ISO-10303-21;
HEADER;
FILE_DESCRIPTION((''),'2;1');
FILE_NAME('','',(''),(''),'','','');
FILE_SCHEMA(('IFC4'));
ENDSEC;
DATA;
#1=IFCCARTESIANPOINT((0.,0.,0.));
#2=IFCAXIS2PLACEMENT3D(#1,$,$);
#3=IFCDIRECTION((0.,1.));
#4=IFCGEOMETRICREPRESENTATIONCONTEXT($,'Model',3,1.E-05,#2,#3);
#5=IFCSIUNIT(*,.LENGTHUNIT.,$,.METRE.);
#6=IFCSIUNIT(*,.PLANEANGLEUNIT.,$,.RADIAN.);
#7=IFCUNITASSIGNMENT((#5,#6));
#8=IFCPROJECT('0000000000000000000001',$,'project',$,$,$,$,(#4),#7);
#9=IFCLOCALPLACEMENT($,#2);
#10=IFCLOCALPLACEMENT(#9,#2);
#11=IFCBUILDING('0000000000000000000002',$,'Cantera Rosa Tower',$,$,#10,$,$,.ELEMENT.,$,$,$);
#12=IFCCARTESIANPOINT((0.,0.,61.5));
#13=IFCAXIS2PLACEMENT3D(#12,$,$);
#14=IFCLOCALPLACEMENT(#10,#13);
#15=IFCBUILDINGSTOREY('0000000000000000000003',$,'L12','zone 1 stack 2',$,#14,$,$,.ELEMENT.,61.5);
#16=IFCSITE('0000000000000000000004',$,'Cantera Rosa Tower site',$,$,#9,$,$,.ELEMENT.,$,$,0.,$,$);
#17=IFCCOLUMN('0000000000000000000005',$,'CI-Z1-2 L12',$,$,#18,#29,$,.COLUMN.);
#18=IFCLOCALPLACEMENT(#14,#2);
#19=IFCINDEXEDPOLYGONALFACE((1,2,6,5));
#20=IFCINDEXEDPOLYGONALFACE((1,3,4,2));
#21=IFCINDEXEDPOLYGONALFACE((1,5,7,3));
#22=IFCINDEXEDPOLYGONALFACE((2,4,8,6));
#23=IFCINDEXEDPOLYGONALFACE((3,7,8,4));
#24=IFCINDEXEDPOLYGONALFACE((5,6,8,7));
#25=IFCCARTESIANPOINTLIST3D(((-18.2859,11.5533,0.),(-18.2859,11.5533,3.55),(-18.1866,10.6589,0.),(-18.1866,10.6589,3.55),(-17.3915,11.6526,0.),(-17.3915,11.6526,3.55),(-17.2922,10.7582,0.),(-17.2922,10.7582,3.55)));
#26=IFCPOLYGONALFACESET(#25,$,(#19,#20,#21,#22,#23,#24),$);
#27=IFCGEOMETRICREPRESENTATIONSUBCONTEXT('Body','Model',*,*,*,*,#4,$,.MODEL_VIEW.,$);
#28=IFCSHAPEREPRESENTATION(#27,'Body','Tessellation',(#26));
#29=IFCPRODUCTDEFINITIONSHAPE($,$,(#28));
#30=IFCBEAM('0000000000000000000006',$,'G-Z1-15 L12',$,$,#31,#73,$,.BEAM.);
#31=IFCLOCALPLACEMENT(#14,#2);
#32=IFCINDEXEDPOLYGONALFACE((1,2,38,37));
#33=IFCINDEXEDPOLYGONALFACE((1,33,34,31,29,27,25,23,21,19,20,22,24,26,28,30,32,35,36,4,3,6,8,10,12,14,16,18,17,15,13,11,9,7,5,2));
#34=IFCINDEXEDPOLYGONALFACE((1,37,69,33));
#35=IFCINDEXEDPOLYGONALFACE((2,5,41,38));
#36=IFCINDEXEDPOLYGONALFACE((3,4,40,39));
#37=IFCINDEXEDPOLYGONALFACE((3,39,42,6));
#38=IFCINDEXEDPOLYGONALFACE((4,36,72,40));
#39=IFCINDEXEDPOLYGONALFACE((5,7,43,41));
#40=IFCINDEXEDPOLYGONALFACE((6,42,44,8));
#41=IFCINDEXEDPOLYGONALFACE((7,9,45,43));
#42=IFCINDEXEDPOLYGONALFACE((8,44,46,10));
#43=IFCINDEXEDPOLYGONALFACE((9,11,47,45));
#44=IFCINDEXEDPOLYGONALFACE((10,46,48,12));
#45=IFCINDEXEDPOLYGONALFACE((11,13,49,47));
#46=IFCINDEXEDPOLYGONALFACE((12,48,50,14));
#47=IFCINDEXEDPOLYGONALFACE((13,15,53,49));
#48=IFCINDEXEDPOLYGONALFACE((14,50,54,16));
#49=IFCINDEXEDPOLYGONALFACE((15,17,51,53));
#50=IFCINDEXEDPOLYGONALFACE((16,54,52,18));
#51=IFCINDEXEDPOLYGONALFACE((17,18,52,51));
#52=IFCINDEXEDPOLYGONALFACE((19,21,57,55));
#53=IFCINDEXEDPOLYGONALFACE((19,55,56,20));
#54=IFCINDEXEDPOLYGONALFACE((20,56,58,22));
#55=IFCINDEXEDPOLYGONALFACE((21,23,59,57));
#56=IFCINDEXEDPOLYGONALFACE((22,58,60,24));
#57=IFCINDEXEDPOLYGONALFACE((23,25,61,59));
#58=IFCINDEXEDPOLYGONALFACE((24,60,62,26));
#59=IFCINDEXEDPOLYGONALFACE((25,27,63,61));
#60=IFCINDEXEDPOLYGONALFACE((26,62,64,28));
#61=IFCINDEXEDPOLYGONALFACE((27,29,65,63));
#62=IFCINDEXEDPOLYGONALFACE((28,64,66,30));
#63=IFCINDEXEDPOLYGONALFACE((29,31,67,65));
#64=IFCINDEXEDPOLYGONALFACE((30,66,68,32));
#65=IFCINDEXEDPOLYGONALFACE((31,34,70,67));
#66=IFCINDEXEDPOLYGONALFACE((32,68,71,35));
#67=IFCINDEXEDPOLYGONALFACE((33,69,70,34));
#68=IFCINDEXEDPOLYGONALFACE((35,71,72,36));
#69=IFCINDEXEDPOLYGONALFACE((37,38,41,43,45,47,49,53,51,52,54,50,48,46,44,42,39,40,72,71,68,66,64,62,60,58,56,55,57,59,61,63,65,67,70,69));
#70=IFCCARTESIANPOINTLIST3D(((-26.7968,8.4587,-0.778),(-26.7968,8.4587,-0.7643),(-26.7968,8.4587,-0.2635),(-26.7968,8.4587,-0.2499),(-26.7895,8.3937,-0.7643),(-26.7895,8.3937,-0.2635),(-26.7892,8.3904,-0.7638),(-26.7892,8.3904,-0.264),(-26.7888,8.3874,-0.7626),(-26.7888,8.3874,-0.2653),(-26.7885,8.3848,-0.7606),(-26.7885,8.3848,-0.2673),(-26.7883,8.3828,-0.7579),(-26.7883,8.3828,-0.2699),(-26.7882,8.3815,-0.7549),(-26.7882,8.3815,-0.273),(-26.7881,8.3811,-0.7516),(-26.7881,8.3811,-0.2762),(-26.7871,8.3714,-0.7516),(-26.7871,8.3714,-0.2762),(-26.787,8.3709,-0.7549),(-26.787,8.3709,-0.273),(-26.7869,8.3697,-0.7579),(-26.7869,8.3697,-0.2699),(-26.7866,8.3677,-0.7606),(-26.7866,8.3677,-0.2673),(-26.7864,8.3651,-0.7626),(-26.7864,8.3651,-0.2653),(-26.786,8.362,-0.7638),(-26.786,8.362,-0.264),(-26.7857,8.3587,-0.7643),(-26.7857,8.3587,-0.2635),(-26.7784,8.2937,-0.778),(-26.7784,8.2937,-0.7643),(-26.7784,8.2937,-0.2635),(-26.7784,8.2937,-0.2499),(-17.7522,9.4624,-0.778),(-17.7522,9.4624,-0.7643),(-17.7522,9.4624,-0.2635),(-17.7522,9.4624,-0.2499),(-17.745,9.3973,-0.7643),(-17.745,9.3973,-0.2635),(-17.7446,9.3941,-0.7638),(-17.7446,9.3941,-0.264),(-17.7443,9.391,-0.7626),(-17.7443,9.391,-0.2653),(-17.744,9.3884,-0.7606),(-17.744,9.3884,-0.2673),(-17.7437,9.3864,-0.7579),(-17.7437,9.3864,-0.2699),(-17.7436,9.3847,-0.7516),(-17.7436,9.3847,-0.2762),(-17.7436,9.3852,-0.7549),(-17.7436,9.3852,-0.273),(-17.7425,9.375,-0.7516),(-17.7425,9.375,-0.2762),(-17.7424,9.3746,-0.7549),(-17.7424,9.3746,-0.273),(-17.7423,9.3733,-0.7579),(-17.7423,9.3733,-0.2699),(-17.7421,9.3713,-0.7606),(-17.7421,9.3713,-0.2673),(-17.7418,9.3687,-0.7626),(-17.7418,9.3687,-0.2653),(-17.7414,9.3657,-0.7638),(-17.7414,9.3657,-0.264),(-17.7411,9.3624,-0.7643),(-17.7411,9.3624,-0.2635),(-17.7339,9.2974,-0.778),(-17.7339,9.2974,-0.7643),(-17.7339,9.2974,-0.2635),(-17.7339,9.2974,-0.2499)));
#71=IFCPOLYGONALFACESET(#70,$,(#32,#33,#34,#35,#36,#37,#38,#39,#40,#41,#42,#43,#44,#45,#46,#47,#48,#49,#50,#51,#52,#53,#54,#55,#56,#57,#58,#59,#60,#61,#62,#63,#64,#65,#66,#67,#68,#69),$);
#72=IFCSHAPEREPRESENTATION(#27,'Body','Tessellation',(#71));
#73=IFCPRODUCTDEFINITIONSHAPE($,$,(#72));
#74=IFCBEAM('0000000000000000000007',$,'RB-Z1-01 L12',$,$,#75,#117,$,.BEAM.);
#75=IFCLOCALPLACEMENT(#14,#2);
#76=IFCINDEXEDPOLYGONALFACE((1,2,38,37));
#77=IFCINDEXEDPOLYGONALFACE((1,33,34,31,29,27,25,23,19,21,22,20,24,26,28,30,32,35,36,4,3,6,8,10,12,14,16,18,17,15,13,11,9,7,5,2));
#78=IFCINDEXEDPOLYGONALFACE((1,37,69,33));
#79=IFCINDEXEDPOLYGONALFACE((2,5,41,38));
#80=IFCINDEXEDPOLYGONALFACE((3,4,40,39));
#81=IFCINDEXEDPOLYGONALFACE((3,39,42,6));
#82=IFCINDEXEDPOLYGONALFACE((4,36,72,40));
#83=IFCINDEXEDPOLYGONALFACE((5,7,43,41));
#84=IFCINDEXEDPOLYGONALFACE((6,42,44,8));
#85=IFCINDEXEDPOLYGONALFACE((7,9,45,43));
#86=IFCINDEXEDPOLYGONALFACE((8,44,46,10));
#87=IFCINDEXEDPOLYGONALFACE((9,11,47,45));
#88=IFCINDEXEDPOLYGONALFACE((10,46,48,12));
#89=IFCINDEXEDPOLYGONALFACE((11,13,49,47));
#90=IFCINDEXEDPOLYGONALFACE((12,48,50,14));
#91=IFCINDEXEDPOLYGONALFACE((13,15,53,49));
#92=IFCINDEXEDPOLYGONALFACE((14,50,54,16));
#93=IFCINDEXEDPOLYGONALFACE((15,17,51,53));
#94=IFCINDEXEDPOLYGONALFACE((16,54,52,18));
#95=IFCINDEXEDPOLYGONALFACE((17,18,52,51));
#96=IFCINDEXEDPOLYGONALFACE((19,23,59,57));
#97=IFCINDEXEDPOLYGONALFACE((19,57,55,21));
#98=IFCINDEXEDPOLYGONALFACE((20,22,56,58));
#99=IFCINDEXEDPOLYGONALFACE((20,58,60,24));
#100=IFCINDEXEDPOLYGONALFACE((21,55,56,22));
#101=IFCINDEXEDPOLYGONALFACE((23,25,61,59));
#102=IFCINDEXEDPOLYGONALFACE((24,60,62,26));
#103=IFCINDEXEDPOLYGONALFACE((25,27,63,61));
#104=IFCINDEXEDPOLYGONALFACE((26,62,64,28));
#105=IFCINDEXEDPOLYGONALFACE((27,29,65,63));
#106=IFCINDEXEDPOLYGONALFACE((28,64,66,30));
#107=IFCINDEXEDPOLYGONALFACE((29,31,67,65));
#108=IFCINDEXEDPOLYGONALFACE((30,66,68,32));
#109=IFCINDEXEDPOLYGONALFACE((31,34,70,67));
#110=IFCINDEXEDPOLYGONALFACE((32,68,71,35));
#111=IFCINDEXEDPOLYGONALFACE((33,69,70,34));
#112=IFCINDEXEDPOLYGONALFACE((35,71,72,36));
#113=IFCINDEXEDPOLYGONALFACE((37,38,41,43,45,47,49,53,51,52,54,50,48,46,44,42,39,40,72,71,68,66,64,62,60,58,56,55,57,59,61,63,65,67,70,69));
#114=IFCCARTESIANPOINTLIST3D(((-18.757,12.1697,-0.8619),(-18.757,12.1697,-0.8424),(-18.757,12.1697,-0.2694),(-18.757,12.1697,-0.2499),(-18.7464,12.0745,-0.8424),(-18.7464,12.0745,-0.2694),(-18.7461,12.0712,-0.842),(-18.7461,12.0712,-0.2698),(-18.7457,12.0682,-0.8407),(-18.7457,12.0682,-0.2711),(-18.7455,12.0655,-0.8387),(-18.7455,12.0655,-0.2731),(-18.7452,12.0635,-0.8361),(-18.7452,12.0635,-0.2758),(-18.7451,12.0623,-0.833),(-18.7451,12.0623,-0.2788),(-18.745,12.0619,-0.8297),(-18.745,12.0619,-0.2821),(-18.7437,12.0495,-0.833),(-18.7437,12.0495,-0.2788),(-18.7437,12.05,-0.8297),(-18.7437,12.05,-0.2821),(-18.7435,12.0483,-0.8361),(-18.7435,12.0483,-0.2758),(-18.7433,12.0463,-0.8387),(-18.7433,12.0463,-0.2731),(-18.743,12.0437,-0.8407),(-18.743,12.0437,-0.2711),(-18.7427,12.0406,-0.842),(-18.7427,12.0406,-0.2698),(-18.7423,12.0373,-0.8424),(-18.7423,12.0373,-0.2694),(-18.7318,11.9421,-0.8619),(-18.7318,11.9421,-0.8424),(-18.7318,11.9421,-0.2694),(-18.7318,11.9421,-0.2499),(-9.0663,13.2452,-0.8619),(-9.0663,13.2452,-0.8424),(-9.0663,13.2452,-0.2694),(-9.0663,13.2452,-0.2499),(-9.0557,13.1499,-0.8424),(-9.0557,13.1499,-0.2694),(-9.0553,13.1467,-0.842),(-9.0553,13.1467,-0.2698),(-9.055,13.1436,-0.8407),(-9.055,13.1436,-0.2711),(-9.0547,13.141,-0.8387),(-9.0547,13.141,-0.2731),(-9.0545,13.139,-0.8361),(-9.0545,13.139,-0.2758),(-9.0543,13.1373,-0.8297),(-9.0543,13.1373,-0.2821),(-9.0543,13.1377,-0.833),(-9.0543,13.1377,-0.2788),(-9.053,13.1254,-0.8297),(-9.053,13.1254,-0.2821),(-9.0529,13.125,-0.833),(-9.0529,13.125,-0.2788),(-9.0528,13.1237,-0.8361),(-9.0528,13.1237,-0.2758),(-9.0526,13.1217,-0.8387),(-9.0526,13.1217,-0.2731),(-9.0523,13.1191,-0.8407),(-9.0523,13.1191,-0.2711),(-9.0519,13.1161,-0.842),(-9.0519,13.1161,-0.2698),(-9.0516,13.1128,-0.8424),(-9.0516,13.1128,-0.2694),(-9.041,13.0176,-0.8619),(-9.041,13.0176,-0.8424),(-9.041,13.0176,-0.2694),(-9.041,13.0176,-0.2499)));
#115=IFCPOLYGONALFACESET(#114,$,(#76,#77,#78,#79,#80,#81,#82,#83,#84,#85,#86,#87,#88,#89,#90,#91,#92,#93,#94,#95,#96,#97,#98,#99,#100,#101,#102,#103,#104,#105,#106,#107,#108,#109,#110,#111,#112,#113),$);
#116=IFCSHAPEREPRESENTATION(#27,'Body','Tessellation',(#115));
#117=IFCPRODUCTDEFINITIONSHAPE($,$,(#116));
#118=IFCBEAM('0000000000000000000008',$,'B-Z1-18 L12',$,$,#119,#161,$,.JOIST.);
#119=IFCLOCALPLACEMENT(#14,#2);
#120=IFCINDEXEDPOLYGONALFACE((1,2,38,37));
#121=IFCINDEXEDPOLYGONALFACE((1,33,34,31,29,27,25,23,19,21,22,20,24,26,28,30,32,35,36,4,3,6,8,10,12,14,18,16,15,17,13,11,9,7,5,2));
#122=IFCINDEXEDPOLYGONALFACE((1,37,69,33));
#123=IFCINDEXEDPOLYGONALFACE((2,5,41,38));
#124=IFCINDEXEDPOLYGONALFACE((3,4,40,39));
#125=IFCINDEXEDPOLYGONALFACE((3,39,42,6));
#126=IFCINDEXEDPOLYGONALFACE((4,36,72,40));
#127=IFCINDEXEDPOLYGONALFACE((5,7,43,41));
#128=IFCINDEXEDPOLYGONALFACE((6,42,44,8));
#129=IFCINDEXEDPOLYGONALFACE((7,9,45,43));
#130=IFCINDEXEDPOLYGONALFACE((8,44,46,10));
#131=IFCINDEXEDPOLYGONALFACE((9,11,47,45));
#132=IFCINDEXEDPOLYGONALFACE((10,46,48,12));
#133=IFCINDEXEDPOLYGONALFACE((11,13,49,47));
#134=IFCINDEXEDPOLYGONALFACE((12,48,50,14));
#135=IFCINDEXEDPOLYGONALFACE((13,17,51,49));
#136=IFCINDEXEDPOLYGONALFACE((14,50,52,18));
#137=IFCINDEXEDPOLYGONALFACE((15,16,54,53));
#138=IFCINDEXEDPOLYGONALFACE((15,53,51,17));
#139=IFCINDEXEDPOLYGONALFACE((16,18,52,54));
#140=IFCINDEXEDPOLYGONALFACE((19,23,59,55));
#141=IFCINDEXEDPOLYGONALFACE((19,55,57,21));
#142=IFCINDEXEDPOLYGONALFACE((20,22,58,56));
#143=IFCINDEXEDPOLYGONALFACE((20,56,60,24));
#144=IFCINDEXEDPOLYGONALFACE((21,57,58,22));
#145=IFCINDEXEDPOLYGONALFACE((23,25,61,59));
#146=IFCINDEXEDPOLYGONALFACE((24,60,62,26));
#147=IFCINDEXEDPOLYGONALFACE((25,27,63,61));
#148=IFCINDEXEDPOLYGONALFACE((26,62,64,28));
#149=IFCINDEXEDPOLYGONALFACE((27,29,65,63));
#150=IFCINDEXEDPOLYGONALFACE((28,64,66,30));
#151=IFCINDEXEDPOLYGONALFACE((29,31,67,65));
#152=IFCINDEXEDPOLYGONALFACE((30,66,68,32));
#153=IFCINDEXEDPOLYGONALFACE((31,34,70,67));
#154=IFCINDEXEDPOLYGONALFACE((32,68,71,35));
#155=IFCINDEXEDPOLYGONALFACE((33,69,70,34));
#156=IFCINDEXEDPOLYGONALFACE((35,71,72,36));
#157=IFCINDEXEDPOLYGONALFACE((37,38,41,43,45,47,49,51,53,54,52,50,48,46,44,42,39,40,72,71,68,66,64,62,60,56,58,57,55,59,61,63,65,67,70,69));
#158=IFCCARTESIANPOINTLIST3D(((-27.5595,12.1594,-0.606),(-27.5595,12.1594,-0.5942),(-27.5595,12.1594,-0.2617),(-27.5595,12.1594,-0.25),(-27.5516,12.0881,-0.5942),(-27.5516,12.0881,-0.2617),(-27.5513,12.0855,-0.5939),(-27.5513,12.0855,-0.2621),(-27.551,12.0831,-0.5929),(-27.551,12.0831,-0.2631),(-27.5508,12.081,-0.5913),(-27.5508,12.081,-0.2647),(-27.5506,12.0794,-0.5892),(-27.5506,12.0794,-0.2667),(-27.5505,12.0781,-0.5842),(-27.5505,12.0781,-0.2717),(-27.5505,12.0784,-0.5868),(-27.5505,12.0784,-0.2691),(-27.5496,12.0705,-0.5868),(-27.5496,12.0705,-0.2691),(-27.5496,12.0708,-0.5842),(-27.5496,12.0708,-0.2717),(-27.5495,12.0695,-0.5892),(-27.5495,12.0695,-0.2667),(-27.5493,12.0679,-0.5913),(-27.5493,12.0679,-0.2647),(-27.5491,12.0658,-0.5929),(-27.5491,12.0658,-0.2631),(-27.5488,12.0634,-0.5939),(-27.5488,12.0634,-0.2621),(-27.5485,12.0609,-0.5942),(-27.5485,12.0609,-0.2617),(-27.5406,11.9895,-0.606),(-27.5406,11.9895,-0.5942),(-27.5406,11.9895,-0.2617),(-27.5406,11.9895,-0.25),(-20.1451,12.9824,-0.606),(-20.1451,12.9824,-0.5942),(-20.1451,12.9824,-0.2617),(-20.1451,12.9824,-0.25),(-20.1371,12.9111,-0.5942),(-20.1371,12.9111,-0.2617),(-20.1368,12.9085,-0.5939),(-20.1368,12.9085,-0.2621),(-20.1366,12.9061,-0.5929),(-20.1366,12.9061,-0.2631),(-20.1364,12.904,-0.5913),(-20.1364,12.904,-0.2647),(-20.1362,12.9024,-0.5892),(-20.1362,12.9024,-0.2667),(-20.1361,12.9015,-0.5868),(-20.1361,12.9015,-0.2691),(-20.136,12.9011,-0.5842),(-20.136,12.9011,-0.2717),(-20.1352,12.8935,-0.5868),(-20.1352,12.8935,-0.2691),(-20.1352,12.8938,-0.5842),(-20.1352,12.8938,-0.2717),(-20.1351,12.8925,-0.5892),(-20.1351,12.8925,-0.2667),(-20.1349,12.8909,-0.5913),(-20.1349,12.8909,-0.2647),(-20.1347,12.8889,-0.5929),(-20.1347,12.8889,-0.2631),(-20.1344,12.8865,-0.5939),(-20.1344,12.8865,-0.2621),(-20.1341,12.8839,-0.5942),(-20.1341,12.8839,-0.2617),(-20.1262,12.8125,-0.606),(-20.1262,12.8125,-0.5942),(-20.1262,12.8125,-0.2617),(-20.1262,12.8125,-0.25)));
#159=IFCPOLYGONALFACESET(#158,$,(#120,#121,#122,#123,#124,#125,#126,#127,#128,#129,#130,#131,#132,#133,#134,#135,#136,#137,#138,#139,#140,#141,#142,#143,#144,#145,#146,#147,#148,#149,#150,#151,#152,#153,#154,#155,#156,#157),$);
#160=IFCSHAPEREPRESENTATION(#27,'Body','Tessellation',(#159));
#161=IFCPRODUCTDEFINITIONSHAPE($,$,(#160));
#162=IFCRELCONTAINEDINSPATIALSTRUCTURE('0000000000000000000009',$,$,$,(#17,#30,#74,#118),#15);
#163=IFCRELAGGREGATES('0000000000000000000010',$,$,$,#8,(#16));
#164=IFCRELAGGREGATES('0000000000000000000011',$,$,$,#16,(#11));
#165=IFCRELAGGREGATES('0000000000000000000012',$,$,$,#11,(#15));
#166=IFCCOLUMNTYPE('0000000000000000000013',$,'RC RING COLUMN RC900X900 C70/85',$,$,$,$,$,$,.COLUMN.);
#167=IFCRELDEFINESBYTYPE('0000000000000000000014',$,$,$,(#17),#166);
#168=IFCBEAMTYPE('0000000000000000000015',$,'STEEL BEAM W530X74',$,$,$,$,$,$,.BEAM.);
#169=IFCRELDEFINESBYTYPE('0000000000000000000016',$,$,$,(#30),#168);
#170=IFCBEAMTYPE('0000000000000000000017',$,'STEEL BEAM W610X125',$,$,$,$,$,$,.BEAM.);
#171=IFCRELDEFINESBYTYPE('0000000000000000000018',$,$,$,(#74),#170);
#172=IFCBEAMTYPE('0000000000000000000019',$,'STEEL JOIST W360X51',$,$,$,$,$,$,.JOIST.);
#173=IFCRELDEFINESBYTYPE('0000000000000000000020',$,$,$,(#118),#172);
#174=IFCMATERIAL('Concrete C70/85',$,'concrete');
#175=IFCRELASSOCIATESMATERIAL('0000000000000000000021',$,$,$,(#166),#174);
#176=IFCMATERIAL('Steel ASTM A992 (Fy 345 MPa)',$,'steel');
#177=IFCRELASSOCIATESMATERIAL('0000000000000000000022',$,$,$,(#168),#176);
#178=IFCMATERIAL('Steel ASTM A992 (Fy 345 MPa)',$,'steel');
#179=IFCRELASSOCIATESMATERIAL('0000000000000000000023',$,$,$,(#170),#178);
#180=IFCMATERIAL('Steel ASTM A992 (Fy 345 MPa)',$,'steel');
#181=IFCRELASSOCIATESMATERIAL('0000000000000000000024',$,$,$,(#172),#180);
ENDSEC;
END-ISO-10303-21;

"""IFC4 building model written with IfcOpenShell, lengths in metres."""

from ifc_helpers import new_model, si_unit, direction, frame, origin, origin_2d, place, context, subcontext, project, spatial, rectangle, i_section, extrude, material, material_profile, profile_set, type_object, element, save


model = new_model("IFC4")

# Units and contexts
model_context = context("Model", 3, precision=1e-05, world=origin(), true_north=direction((0.0, 1.0)))
body_context = subcontext(model_context, "Body", "Model", "MODEL_VIEW")
ifc_project = project(units=[si_unit("LENGTHUNIT", "METRE"), si_unit("PLANEANGLEUNIT", "RADIAN")], contexts=[model_context])

# Site, building, storey
site_placement = place(None, origin())
site = spatial("IfcSite", under=ifc_project, at=site_placement, Name="Cantera Rosa Tower site", CompositionType="ELEMENT", RefElevation=0.0)
building_placement = place(site_placement, origin())
building = spatial("IfcBuilding", under=site, at=building_placement, Name="Cantera Rosa Tower", CompositionType="ELEMENT")
storey_placement = place(building_placement, frame((0.0, 0.0, 61.5)))
storey = spatial("IfcBuildingStorey", under=building, at=storey_placement, Name="L12", Description="zone 1 stack 2", CompositionType="ELEMENT", Elevation=61.5)

# Column
ifc_material_1 = material(Name="Concrete C70/85", Category="concrete")
ifc_material_profile_1 = material_profile(ifc_material_1, rectangle(XDim=0.8999, YDim=0.8999, at=origin_2d()), Name="RC RING COLUMN RC900X900 C70/85")
ifc_profile_set_1 = profile_set([ifc_material_profile_1], Name="Concrete C70/85")
column_type = type_object("IfcColumnType", Name="RC RING COLUMN RC900X900 C70/85", PredefinedType="COLUMN", material=ifc_profile_set_1)
column_placement = place(storey_placement, frame((-17.7891, 11.1558, 0.0), z_axis=(0.0, 0.0, 1.0), x_axis=(0.993897, 0.110313, 0.0)))
element("IfcColumn", 1, at=column_placement, inside=storey, type_object=column_type, Name="CI-Z1-2 L12", PredefinedType="COLUMN", context=body_context, shape_type="SweptSolid", body=[
    extrude(rectangle(XDim=0.8999, YDim=0.8999, at=origin_2d()), origin(), (0.0, 0.0, 1.0), 3.55),
])

# Beams
ifc_material_2 = material(Name="Steel ASTM A992 (Fy 345 MPa)", Category="steel")
ifc_material_profile_2 = material_profile(ifc_material_2, i_section(OverallWidth=0.166, OverallDepth=0.5281, WebThickness=0.0098, FlangeThickness=0.0137, FilletRadius=0.0127, at=origin_2d()), Name="W530X74")
ifc_profile_set_2 = profile_set([ifc_material_profile_2], Name="Steel ASTM A992 (Fy 345 MPa)")
beam_type_1 = type_object("IfcBeamType", Name="STEEL BEAM W530X74", PredefinedType="BEAM", material=ifc_profile_set_2)
beam_1_placement = place(storey_placement, frame((-26.7876, 8.3762, -0.5139), z_axis=(0.993899, 0.11029, 0.0), x_axis=(-0.11029, 0.993899, 0.0)))
element("IfcBeam", 2, at=beam_1_placement, inside=storey, type_object=beam_type_1, Name="G-Z1-15 L12", PredefinedType="BEAM", context=body_context, shape_type="SweptSolid", body=[
    extrude(i_section(OverallWidth=0.166, OverallDepth=0.5281, WebThickness=0.0098, FlangeThickness=0.0137, FilletRadius=0.0127, at=origin_2d()), origin(), (0.0, 0.0, 1.0), 9.1001),
])
ifc_material_3 = material(Name="Steel ASTM A992 (Fy 345 MPa)", Category="steel")
ifc_material_profile_3 = material_profile(ifc_material_3, i_section(OverallWidth=0.229, OverallDepth=0.6121, WebThickness=0.012, FlangeThickness=0.0195, FilletRadius=0.0127, at=origin_2d()), Name="W610X125")
ifc_profile_set_3 = profile_set([ifc_material_profile_3], Name="Steel ASTM A992 (Fy 345 MPa)")
beam_type_2 = type_object("IfcBeamType", Name="STEEL BEAM W610X125", PredefinedType="BEAM", material=ifc_profile_set_3)
beam_2_placement = place(storey_placement, frame((-18.7444, 12.0559, -0.5559), z_axis=(0.993898, 0.1103, 0.0), x_axis=(-0.1103, 0.993898, 0.0)))
element("IfcBeam", 3, at=beam_2_placement, inside=storey, type_object=beam_type_2, Name="RB-Z1-01 L12", PredefinedType="BEAM", context=body_context, shape_type="SweptSolid", body=[
    extrude(i_section(OverallWidth=0.229, OverallDepth=0.6121, WebThickness=0.012, FlangeThickness=0.0195, FilletRadius=0.0127, at=origin_2d()), origin(), (0.0, 0.0, 1.0), 9.7502),
])
ifc_material_4 = material(Name="Steel ASTM A992 (Fy 345 MPa)", Category="steel")
ifc_material_profile_4 = material_profile(ifc_material_4, i_section(OverallWidth=0.1709, OverallDepth=0.356, WebThickness=0.0073, FlangeThickness=0.0117, FilletRadius=0.01, at=origin_2d()), Name="W360X51")
ifc_profile_set_4 = profile_set([ifc_material_profile_4], Name="Steel ASTM A992 (Fy 345 MPa)")
beam_type_3 = type_object("IfcBeamType", Name="STEEL JOIST W360X51", PredefinedType="JOIST", material=ifc_profile_set_4)
beam_3_placement = place(storey_placement, frame((-27.55, 12.0745, -0.428), z_axis=(0.993896, 0.110324, 0.0), x_axis=(-0.110324, 0.993896, 0.0)))
element("IfcBeam", 4, at=beam_3_placement, inside=storey, type_object=beam_type_3, Name="B-Z1-18 L12", PredefinedType="JOIST", context=body_context, shape_type="SweptSolid", body=[
    extrude(i_section(OverallWidth=0.1709, OverallDepth=0.356, WebThickness=0.0073, FlangeThickness=0.0117, FilletRadius=0.01, at=origin_2d()), origin(), (0.0, 0.0, 1.0), 7.46),
])

save(model, "model.ifc")
